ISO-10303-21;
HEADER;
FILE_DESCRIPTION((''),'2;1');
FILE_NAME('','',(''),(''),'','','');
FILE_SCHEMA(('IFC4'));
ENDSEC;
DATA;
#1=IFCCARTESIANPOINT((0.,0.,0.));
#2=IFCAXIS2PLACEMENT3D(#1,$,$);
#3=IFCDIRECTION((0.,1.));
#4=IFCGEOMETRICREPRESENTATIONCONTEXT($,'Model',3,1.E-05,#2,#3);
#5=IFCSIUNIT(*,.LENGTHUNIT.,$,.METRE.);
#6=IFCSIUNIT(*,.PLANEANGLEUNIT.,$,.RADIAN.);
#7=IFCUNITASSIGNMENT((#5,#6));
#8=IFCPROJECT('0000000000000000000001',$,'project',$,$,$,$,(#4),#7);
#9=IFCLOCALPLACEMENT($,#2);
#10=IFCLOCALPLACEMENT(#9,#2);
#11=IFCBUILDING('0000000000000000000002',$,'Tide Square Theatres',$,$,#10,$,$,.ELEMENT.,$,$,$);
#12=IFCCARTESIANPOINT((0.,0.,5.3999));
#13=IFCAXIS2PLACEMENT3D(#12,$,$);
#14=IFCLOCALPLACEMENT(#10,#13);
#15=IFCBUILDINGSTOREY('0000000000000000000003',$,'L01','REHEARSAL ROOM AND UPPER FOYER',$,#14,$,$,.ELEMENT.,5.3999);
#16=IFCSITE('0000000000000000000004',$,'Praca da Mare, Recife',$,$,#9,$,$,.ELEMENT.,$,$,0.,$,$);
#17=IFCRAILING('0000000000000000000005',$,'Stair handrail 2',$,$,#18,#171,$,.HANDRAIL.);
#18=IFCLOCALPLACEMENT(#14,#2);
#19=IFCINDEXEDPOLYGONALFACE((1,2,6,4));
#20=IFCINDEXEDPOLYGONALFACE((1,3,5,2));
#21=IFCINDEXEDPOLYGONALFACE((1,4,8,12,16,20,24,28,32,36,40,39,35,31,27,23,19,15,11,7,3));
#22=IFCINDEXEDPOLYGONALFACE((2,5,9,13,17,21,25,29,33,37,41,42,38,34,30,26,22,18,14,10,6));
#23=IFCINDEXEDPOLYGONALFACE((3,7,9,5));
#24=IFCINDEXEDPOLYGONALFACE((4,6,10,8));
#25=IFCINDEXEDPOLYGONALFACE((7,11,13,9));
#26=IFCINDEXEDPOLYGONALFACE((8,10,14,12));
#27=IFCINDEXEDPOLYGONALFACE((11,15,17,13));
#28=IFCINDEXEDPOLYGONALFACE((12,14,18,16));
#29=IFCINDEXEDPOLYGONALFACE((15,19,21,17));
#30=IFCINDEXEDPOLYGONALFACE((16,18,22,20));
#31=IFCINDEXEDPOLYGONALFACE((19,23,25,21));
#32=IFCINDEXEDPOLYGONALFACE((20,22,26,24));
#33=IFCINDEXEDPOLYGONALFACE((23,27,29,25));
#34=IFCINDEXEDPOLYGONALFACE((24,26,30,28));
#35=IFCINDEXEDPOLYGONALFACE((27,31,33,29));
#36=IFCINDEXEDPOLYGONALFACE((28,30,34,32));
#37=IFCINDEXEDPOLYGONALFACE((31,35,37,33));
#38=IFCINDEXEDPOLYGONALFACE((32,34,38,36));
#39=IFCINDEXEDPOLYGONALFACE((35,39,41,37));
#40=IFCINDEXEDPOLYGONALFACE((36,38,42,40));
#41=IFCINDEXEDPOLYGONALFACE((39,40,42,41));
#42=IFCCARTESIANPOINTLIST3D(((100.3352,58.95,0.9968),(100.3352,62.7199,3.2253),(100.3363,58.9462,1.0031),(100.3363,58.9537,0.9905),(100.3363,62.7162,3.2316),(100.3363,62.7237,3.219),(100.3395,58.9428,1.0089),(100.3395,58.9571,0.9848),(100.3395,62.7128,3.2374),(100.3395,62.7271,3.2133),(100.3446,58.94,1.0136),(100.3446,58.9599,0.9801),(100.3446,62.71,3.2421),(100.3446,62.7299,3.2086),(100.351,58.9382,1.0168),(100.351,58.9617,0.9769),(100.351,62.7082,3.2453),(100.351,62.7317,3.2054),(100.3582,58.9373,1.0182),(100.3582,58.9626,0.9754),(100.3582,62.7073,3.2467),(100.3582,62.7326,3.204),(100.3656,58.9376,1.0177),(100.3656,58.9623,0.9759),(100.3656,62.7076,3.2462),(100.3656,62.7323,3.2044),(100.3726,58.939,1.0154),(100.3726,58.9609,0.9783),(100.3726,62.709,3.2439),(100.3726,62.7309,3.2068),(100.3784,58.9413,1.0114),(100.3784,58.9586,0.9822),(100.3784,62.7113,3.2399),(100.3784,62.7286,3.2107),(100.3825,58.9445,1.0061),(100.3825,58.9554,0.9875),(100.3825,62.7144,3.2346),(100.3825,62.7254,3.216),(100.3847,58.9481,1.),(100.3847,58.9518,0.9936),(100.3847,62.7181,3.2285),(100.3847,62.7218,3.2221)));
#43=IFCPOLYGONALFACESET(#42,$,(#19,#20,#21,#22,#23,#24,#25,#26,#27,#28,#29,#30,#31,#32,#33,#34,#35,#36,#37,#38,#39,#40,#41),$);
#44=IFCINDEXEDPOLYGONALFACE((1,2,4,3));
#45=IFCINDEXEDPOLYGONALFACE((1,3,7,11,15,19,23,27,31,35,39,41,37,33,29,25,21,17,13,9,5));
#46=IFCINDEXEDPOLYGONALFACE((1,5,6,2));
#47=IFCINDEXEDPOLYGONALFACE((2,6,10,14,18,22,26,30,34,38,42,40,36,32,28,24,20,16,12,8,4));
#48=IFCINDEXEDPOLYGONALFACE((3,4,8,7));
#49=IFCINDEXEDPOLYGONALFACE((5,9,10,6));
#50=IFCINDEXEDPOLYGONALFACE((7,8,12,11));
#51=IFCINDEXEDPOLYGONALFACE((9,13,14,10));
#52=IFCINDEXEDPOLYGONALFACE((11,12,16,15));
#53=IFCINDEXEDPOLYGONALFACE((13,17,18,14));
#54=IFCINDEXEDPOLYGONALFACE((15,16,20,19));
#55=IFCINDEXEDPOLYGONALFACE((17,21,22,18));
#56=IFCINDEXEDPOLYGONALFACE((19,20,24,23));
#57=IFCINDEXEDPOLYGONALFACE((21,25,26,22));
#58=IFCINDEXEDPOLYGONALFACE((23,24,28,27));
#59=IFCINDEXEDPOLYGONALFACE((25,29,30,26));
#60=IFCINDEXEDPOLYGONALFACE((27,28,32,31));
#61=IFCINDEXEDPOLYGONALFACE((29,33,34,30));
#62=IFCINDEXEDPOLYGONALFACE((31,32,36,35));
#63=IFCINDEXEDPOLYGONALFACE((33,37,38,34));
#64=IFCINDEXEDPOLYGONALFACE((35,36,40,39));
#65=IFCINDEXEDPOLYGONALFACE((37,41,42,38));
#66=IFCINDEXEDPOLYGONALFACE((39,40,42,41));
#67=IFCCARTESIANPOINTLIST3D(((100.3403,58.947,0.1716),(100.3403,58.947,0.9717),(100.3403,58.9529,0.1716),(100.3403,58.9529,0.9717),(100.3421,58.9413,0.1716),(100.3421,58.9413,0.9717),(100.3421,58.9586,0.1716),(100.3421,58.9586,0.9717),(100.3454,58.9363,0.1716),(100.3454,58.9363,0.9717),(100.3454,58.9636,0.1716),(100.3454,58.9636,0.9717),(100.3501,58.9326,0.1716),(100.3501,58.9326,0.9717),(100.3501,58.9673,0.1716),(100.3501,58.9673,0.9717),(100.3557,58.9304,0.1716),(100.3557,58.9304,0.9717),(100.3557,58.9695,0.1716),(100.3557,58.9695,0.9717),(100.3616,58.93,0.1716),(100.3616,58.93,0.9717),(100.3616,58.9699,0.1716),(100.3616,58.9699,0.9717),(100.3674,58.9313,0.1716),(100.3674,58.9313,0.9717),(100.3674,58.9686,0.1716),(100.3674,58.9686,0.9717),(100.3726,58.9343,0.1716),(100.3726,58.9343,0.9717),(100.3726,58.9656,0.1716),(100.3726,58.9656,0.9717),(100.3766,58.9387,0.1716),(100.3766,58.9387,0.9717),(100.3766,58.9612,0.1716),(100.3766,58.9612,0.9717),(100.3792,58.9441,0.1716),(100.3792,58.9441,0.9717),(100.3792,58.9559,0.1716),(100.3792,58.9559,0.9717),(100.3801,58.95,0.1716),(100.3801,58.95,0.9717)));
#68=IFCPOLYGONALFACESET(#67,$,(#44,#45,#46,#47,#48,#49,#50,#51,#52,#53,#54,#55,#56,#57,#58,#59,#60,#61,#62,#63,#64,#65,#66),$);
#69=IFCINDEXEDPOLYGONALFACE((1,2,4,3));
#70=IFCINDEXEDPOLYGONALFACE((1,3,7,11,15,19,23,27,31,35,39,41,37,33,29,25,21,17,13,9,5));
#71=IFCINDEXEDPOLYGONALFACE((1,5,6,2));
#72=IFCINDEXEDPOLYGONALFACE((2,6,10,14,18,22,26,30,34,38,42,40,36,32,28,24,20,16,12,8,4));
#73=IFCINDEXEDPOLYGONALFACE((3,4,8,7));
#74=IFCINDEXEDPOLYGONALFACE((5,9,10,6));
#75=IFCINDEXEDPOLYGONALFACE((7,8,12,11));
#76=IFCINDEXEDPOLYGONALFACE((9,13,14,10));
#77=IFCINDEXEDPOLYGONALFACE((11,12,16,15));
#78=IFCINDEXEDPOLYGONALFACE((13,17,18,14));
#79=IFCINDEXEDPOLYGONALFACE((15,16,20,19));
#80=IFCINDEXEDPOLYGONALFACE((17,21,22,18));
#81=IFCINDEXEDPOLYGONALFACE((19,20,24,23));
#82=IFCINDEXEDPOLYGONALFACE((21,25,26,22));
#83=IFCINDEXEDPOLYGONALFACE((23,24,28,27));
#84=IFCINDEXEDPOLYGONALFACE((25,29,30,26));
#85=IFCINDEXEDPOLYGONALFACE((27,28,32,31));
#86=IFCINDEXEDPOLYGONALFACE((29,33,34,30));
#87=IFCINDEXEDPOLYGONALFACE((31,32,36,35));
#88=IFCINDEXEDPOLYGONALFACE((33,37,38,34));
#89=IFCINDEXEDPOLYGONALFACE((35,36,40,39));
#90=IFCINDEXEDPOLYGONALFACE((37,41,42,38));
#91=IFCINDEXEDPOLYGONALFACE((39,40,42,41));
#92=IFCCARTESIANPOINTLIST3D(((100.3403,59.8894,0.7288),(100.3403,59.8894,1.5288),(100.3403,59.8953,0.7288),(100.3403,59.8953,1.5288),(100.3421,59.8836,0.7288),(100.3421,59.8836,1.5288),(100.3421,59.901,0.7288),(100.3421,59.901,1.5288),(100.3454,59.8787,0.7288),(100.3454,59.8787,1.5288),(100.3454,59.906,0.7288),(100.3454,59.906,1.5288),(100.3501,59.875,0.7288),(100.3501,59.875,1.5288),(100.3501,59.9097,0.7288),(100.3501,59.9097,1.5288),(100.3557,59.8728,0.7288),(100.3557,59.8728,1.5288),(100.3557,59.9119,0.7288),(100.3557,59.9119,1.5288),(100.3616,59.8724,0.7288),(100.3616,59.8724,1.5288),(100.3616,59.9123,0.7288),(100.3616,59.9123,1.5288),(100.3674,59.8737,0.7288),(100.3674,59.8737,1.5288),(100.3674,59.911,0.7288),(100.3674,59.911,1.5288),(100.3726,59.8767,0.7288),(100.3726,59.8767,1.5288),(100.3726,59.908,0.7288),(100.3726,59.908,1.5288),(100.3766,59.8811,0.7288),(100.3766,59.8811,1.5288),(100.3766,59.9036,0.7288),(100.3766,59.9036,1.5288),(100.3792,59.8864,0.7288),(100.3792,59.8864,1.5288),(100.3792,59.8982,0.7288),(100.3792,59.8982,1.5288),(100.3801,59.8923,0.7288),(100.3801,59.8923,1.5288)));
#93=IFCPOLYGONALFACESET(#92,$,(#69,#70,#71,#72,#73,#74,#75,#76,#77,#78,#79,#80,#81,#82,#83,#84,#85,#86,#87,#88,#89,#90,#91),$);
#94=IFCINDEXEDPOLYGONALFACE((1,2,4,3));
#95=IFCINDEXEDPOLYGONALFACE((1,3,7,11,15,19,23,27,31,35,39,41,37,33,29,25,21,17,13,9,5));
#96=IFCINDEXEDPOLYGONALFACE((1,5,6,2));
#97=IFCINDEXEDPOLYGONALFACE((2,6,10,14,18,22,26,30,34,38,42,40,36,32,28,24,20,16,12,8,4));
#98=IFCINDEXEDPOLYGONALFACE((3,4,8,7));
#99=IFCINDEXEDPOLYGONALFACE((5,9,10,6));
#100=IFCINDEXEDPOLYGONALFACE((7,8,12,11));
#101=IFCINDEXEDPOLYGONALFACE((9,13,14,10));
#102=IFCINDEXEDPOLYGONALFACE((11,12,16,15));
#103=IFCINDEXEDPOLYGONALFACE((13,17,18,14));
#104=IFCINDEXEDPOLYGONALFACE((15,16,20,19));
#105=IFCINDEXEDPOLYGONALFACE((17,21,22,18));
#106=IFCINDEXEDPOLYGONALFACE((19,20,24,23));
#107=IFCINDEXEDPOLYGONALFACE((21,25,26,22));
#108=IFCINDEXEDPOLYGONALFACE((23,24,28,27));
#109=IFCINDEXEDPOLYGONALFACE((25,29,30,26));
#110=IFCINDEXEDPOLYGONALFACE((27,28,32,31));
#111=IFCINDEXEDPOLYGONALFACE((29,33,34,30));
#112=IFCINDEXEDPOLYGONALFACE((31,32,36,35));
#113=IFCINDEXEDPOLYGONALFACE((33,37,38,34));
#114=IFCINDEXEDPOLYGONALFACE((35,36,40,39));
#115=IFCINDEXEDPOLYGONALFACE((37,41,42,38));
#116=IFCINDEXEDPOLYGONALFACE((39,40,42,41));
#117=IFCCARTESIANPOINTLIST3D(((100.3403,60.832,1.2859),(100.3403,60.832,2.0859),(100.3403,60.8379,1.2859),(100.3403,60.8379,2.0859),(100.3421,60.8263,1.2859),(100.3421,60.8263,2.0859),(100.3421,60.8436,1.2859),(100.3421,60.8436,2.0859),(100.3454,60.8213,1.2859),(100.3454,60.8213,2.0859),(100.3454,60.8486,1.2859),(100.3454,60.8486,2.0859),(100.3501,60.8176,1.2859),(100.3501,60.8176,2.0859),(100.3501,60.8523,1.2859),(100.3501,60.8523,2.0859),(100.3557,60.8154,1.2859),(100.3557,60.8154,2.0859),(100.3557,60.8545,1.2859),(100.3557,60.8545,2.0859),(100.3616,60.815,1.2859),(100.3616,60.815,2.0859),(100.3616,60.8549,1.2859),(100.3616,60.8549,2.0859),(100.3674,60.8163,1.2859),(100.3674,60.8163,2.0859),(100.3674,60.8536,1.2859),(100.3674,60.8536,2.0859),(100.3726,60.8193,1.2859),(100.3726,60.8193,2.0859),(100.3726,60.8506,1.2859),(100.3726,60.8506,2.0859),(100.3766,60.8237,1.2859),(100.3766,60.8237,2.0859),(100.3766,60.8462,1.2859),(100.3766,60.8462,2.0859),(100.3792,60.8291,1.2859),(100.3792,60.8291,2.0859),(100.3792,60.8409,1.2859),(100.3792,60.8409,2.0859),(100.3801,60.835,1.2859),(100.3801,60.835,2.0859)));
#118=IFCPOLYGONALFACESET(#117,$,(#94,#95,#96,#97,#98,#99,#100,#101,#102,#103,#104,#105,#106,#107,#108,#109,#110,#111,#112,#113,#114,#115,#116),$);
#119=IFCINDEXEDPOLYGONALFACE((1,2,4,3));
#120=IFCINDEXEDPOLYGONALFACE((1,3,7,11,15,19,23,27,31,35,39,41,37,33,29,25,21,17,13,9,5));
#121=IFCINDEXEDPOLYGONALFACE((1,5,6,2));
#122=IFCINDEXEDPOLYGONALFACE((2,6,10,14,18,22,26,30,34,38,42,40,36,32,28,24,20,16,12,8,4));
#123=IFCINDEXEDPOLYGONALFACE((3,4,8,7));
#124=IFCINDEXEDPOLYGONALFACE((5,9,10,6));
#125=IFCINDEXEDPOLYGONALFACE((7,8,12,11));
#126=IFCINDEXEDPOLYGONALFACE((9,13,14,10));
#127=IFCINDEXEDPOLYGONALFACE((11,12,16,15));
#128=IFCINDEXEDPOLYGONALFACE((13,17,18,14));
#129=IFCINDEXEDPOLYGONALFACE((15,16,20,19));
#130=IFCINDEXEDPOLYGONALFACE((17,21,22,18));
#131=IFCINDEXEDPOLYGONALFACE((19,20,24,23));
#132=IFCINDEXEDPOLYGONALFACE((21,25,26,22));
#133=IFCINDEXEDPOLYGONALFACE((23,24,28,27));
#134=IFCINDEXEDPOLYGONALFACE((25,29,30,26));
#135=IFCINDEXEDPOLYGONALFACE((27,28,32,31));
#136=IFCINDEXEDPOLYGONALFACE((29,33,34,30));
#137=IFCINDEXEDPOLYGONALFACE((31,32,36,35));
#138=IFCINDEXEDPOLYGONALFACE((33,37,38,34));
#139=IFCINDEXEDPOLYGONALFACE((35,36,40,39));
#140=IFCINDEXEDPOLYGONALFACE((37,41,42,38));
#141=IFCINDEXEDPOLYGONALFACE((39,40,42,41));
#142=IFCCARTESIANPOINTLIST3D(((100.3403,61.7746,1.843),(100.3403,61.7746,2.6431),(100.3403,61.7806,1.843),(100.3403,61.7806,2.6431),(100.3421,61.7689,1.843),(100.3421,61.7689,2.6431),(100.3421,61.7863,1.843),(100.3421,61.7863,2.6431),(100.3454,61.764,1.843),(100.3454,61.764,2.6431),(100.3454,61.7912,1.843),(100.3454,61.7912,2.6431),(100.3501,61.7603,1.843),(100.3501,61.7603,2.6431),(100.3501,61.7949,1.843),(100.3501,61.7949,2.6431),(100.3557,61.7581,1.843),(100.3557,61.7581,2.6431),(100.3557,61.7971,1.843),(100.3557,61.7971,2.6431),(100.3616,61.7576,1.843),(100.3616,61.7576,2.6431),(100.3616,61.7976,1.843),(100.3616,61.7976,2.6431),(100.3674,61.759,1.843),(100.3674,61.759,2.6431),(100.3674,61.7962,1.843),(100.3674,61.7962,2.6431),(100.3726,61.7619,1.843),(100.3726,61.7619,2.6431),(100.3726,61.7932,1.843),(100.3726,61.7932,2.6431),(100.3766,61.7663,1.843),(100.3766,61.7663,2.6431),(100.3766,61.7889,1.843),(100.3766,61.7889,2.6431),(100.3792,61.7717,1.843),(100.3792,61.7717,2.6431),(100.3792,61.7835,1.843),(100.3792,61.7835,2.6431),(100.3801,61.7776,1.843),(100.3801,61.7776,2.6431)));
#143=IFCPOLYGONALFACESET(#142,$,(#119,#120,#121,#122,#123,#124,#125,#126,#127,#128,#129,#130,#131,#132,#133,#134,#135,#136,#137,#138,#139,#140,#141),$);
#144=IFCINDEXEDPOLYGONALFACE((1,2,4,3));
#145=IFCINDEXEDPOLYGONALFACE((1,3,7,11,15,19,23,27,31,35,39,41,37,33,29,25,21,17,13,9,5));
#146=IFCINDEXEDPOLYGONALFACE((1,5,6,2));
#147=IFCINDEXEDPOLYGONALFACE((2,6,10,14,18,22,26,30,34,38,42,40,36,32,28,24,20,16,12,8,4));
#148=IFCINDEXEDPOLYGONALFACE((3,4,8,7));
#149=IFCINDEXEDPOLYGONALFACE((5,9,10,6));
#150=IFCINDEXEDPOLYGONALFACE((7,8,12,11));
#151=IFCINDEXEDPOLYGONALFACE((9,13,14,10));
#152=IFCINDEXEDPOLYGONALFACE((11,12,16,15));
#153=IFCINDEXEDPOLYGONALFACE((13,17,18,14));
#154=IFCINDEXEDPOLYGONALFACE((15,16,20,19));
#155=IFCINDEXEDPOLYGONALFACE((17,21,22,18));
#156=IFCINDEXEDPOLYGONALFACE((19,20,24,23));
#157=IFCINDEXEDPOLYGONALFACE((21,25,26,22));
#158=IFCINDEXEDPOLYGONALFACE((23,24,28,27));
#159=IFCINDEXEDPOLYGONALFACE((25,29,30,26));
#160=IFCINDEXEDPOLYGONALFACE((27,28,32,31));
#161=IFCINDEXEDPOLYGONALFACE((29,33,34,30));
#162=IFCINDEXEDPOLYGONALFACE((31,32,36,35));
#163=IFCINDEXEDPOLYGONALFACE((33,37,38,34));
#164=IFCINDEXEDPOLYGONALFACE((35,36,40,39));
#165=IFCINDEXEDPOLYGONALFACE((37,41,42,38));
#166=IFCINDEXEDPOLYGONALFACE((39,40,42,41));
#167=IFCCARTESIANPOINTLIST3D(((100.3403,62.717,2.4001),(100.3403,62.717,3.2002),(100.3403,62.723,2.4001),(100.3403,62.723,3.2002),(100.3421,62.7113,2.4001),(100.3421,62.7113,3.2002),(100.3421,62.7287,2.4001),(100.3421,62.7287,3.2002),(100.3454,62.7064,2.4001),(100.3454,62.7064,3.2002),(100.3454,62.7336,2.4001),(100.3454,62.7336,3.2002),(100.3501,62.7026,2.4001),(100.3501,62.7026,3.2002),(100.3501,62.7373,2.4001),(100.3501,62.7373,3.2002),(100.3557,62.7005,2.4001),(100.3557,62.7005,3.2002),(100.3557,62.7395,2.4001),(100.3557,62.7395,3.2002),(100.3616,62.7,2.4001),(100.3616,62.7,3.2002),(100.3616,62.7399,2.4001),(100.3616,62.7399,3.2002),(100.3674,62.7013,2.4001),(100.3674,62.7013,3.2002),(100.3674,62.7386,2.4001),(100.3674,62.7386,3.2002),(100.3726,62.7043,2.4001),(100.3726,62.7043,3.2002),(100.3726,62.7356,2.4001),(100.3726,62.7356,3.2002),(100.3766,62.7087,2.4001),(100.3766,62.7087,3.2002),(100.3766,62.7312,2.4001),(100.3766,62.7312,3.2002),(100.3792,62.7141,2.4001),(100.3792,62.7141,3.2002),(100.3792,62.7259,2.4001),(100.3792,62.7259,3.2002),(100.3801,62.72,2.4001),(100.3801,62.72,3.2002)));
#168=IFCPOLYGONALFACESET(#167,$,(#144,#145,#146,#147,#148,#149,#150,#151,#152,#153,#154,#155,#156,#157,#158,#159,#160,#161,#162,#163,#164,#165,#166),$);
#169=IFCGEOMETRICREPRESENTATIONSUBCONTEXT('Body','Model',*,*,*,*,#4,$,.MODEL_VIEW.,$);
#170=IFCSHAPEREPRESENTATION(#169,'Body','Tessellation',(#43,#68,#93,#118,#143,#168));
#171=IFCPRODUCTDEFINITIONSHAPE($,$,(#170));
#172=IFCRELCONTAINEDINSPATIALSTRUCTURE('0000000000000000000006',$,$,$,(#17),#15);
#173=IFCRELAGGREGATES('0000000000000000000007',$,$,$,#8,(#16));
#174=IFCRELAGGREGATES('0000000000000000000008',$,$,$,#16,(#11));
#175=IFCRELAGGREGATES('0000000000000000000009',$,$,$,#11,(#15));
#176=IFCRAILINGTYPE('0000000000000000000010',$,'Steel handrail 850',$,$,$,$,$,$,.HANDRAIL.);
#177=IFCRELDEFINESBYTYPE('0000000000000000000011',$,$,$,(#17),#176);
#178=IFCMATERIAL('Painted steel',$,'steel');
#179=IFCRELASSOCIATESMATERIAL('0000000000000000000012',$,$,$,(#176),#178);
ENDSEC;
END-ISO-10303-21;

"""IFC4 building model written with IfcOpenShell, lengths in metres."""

from ifc_helpers import new_model, si_unit, direction, frame, origin, origin_2d, place, context, subcontext, project, spatial, circle, extrude, material, type_object, element, save


model = new_model("IFC4")

# Units and contexts
model_context = context("Model", 3, precision=1e-05, world=origin(), true_north=direction((0.0, 1.0)))
body_context = subcontext(model_context, "Body", "Model", "MODEL_VIEW")
ifc_project = project(units=[si_unit("LENGTHUNIT", "METRE"), si_unit("PLANEANGLEUNIT", "RADIAN")], contexts=[model_context])

# Site, building, storey
site_placement = place(None, origin())
site = spatial("IfcSite", under=ifc_project, at=site_placement, Name="Praca da Mare, Recife", CompositionType="ELEMENT", RefElevation=0.0)
building_placement = place(site_placement, origin())
building = spatial("IfcBuilding", under=site, at=building_placement, Name="Tide Square Theatres", CompositionType="ELEMENT")
storey_placement = place(building_placement, frame((0.0, 0.0, 5.3999)))
storey = spatial("IfcBuildingStorey", under=building, at=storey_placement, Name="L01", Description="REHEARSAL ROOM AND UPPER FOYER", CompositionType="ELEMENT", Elevation=5.3999)

# Railing
ifc_material_1 = material(Name="Painted steel", Category="steel")
railing_type = type_object("IfcRailingType", Name="Steel handrail 850", PredefinedType="HANDRAIL", material=ifc_material_1)
for number, where, name in (
    (1, (100.3601, 58.95, 0.1716), "Stair handrail 2"),
):
    element("IfcRailing", number, at=place(storey_placement, frame(where)), inside=storey, type_object=railing_type, Name=name, PredefinedType="HANDRAIL", context=body_context, shape_type="SweptSolid", body=[
        extrude(circle(Radius=0.0249, at=origin_2d()), frame((0.0, 0.0, 0.8252), z_axis=(0.0, 0.860849, 0.508861), x_axis=(-1.0, 0.0, 0.0)), (0.0, 0.0, 1.0), 4.3794),
        extrude(circle(Radius=0.02, at=origin_2d()), origin(), (0.0, 0.0, 1.0), 0.8),
        extrude(circle(Radius=0.02, at=origin_2d()), frame((0.0, 0.9424, 0.5571)), (0.0, 0.0, 1.0), 0.8),
        extrude(circle(Radius=0.02, at=origin_2d()), frame((0.0, 1.885, 1.1143)), (0.0, 0.0, 1.0), 0.8),
        extrude(circle(Radius=0.02, at=origin_2d()), frame((0.0, 2.8276, 1.6714)), (0.0, 0.0, 1.0), 0.8),
        extrude(circle(Radius=0.02, at=origin_2d()), frame((0.0, 3.77, 2.2285)), (0.0, 0.0, 1.0), 0.8),
    ])

save(model, "model.ifc")
